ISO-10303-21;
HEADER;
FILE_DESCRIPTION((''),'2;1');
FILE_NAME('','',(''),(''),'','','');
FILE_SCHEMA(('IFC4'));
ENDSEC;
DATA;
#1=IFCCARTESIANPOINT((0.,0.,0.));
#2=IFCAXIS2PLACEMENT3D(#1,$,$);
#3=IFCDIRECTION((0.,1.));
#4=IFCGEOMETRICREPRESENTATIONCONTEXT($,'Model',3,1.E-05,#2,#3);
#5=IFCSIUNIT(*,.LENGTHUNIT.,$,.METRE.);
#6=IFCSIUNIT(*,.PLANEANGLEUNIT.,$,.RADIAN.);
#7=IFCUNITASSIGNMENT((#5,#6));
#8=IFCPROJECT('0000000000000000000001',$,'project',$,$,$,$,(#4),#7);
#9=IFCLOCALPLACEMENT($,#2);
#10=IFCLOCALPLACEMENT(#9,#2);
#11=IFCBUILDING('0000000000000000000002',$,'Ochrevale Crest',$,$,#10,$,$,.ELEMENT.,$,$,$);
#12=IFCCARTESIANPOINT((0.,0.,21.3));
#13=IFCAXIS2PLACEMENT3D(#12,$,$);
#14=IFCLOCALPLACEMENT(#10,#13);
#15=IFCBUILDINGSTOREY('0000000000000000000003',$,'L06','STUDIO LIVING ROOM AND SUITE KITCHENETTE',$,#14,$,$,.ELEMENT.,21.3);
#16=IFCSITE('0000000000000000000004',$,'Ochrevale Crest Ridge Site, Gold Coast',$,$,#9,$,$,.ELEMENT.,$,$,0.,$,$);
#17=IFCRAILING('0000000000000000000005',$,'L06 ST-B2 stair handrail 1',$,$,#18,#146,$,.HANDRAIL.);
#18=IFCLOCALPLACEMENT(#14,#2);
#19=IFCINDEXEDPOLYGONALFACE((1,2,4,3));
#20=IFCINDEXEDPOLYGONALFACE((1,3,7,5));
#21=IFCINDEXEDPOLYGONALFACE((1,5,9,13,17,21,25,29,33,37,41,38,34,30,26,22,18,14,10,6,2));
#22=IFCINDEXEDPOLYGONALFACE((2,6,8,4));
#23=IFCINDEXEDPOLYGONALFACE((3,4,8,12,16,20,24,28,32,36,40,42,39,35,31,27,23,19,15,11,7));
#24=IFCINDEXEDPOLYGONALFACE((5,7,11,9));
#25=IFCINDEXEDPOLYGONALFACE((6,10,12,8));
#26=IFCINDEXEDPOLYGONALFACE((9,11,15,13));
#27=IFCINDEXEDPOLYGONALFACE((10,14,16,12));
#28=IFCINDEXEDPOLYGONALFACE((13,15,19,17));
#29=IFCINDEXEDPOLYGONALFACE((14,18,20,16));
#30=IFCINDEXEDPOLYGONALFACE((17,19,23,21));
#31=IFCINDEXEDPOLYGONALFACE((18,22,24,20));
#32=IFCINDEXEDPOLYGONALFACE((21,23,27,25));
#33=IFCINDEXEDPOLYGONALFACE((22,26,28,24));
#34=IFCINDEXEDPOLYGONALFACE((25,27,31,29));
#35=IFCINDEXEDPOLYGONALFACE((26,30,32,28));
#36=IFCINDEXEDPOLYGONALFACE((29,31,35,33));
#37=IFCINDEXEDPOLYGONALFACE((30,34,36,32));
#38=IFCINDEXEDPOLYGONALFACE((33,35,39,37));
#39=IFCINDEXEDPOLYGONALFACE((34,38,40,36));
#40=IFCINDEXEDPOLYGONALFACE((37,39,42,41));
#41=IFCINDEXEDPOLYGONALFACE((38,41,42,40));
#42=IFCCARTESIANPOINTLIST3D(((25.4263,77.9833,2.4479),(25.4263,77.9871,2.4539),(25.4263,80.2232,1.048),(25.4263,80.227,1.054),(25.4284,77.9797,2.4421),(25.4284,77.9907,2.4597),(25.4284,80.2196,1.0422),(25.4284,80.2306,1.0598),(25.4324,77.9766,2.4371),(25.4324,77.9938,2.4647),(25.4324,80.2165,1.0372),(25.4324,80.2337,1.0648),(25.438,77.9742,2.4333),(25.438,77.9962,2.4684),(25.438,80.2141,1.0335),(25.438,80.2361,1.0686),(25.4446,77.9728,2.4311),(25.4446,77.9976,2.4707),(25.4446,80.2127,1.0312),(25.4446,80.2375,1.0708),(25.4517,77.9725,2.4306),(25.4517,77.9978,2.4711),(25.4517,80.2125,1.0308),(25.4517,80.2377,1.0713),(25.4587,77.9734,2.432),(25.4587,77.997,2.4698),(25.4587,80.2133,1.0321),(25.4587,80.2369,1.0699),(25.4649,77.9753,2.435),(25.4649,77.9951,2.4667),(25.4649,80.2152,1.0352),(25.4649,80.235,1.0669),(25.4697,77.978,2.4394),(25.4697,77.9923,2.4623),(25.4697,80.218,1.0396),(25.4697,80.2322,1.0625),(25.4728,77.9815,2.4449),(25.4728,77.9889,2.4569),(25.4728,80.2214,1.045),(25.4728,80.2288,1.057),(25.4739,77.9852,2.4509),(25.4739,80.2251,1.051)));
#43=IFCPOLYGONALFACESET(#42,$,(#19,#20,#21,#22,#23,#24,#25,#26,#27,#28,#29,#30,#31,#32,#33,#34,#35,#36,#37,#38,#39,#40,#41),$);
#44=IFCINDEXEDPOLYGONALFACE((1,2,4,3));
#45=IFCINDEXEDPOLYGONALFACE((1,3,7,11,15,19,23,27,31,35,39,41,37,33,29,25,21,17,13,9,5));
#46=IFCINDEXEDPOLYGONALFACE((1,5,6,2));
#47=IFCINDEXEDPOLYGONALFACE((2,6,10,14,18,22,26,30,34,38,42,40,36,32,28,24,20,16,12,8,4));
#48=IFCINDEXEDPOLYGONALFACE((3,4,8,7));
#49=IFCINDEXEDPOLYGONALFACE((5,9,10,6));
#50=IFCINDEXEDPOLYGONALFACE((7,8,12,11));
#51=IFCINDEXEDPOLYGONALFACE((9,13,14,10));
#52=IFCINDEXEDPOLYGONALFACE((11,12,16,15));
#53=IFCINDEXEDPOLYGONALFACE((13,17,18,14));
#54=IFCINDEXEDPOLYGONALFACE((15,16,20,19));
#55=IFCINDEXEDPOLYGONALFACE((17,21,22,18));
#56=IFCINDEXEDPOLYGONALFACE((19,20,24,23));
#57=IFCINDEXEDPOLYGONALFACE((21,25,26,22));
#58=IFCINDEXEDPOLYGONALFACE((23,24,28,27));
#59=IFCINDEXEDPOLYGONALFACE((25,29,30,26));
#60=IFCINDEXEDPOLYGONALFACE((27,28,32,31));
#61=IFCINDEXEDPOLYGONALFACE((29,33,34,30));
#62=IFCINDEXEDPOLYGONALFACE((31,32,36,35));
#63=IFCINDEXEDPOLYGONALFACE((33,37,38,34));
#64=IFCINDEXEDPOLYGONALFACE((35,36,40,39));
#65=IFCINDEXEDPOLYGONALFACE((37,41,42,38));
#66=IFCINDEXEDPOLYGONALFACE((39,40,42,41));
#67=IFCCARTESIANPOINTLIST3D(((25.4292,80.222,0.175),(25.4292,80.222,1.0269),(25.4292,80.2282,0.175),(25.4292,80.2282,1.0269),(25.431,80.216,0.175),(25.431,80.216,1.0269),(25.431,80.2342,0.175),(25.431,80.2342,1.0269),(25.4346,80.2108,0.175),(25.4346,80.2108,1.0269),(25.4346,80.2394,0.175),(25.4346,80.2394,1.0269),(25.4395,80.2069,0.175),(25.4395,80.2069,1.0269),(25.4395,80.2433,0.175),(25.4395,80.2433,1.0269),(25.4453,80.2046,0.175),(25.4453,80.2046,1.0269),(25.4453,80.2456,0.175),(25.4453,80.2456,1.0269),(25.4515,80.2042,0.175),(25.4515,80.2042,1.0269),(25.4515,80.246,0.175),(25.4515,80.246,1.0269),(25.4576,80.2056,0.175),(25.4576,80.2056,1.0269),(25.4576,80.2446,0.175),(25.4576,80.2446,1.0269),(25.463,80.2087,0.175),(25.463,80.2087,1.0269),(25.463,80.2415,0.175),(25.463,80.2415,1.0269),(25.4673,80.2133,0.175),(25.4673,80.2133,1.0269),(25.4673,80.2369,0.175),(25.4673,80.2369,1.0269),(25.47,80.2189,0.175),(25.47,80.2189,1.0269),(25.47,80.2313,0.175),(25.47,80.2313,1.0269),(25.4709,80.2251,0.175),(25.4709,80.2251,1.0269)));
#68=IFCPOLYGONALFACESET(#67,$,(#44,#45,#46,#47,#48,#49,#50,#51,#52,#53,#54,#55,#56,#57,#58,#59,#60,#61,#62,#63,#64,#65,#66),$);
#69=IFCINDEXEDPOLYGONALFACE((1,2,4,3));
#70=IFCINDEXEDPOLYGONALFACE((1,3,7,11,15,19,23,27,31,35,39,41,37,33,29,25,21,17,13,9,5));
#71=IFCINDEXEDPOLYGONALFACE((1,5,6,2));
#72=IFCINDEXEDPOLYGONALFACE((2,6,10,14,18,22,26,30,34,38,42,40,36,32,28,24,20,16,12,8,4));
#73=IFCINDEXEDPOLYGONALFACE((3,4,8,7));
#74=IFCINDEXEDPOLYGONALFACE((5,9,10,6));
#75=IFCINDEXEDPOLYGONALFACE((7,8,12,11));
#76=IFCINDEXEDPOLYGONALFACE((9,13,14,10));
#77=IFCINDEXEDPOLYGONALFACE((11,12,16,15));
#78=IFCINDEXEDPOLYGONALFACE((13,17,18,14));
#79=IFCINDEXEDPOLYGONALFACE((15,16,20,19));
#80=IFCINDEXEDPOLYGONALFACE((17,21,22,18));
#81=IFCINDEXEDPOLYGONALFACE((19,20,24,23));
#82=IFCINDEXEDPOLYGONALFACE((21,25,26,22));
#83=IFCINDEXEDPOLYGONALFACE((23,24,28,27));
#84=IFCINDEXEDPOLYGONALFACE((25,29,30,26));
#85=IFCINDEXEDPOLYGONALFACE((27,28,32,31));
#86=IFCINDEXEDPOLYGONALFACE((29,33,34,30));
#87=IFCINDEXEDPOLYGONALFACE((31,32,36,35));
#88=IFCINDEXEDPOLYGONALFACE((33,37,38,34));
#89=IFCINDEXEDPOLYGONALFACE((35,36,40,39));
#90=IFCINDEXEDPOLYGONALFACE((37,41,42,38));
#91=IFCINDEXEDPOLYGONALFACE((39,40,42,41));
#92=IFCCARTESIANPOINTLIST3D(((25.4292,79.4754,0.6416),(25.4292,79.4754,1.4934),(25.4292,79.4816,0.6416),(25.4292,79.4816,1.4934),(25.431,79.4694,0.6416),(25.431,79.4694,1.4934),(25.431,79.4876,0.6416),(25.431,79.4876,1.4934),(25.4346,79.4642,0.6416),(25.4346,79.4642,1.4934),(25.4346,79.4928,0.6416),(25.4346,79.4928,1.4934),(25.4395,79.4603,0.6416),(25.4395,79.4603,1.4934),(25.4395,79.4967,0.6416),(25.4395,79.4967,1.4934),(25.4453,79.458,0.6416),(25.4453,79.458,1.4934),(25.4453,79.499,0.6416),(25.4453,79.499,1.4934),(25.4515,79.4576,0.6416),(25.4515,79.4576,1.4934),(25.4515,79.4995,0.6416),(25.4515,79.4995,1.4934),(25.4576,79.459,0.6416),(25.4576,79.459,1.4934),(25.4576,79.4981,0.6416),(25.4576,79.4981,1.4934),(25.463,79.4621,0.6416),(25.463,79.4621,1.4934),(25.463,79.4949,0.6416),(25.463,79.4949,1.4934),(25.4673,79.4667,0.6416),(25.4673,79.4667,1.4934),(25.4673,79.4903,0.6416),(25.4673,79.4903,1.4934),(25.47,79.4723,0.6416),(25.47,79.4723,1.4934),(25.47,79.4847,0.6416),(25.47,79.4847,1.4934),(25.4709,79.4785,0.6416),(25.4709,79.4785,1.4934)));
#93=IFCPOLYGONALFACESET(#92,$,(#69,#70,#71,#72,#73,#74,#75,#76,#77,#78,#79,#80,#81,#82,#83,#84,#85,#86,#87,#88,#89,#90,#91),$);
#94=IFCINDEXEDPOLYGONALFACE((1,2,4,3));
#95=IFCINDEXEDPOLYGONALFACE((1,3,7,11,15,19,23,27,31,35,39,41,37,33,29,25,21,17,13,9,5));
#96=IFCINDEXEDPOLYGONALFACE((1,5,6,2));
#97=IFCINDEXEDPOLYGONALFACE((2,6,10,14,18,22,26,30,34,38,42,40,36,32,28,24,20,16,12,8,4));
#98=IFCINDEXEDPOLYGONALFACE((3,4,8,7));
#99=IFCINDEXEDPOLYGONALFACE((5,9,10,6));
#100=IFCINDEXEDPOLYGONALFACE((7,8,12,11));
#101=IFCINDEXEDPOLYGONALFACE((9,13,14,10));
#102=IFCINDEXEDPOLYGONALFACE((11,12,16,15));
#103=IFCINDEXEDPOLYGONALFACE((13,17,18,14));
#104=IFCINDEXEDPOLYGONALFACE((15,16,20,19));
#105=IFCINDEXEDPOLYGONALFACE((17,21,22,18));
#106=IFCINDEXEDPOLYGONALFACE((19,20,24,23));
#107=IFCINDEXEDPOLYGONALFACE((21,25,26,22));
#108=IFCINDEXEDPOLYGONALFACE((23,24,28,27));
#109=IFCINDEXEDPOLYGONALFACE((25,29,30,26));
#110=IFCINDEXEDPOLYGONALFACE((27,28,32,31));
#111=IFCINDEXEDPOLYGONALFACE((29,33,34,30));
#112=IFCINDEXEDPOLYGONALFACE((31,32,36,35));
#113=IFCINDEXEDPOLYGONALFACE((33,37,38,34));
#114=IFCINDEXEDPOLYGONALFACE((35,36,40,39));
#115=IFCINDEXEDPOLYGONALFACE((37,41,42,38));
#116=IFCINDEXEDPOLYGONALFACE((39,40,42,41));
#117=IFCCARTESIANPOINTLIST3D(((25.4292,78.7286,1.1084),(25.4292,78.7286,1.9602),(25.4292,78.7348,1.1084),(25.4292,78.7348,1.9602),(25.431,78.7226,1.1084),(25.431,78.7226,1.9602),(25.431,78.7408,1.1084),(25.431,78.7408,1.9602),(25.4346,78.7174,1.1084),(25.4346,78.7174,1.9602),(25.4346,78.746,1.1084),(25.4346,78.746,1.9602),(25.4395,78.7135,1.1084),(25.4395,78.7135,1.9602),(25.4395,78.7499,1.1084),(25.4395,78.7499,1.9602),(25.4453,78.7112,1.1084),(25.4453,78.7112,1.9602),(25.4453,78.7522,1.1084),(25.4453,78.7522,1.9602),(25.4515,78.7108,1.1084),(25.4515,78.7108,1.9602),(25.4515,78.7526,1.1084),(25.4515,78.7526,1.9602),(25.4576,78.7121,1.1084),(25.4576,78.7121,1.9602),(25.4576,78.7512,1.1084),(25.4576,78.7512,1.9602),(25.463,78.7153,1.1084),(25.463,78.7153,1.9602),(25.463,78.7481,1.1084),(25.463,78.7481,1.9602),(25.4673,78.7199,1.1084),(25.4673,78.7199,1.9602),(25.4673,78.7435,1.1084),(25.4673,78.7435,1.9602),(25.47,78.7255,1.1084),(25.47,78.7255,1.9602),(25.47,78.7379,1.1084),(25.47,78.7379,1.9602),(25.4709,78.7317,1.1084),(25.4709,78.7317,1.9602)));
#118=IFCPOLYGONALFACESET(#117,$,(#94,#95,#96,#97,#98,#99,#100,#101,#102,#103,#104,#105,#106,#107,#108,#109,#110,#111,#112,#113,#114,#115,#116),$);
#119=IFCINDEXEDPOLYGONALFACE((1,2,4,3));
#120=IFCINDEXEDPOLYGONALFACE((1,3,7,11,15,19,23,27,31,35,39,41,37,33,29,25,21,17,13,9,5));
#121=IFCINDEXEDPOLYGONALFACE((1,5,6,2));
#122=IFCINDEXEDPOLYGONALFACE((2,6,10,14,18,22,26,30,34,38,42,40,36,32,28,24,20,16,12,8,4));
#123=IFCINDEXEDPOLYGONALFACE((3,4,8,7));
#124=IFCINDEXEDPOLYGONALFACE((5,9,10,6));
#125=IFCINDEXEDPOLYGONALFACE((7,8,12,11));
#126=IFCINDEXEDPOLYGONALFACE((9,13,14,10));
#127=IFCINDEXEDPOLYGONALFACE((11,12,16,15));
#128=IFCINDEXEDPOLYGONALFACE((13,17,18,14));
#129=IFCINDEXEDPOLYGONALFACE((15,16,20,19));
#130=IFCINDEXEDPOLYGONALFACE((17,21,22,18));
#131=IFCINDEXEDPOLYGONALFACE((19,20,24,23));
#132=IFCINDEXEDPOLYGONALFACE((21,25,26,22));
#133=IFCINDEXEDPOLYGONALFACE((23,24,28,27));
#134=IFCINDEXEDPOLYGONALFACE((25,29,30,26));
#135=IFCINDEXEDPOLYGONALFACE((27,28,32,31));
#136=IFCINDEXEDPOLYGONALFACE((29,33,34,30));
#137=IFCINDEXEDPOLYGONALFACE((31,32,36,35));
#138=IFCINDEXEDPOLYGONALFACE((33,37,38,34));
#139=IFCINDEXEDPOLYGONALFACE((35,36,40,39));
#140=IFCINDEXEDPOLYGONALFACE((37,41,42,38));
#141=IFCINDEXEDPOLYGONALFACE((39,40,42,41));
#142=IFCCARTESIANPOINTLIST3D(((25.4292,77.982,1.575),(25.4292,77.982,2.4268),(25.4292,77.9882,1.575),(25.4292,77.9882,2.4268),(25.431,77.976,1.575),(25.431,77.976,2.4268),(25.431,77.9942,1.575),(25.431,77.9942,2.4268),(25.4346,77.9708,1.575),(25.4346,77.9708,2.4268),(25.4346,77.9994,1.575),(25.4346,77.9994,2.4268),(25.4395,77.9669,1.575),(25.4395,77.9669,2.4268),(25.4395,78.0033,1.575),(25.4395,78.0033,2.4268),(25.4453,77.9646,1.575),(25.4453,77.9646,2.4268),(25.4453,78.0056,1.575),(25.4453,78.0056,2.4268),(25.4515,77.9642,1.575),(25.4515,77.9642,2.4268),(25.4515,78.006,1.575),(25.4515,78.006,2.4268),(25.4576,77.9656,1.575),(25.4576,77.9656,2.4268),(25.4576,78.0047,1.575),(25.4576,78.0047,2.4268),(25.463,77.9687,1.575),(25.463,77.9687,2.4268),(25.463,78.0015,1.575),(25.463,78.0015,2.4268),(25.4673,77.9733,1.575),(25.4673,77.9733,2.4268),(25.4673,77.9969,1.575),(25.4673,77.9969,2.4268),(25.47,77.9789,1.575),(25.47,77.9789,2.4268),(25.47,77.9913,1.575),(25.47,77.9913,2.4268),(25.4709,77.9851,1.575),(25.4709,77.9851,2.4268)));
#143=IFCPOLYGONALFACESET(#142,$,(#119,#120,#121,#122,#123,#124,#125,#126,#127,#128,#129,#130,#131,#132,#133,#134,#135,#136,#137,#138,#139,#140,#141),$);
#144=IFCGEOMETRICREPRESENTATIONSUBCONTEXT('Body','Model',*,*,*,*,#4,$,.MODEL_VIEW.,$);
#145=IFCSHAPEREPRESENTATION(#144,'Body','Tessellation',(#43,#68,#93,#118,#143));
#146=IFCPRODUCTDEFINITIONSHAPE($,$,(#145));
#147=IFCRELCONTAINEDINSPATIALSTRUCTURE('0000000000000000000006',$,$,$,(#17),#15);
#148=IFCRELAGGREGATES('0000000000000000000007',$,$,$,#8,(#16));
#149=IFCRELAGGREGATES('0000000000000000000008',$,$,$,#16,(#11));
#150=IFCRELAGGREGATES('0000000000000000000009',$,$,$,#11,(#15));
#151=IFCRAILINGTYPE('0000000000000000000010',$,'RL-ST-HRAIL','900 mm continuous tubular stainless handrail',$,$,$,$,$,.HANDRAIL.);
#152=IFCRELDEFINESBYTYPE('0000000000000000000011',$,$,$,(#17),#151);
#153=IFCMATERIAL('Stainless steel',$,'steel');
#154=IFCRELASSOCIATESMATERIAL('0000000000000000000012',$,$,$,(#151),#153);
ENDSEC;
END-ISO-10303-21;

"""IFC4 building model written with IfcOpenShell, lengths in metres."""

from ifc_helpers import new_model, si_unit, direction, frame, origin, origin_2d, place, context, subcontext, project, spatial, circle, extrude, material, type_object, element, save


model = new_model("IFC4")

# Units and contexts
model_context = context("Model", 3, precision=1e-05, world=origin(), true_north=direction((0.0, 1.0)))
body_context = subcontext(model_context, "Body", "Model", "MODEL_VIEW")
ifc_project = project(units=[si_unit("LENGTHUNIT", "METRE"), si_unit("PLANEANGLEUNIT", "RADIAN")], contexts=[model_context])

# Site, building, storey
site_placement = place(None, origin())
site = spatial("IfcSite", under=ifc_project, at=site_placement, Name="Ochrevale Crest Ridge Site, Gold Coast", CompositionType="ELEMENT", RefElevation=0.0)
building_placement = place(site_placement, origin())
building = spatial("IfcBuilding", under=site, at=building_placement, Name="Ochrevale Crest", CompositionType="ELEMENT")
storey_placement = place(building_placement, frame((0.0, 0.0, 21.3)))
storey = spatial("IfcBuildingStorey", under=building, at=storey_placement, Name="L06", Description="STUDIO LIVING ROOM AND SUITE KITCHENETTE", CompositionType="ELEMENT", Elevation=21.3)

# Railing
ifc_material_1 = material(Name="Stainless steel", Category="steel")
railing_type_1 = type_object("IfcRailingType", Name="RL-ST-HRAIL", Description="900 mm continuous tubular stainless handrail", PredefinedType="HANDRAIL", material=ifc_material_1)
railing_1_placement = place(storey_placement, frame((25.45, 80.2251, 0.175)))
element("IfcRailing", 1, at=railing_1_placement, inside=storey, type_object=railing_type_1, Name="L06 ST-B2 stair handrail 1", PredefinedType="HANDRAIL", context=body_context, shape_type="SweptSolid", body=[
    extrude(circle(Radius=0.0239, at=origin_2d()), frame((0.0, 0.0, 0.876), z_axis=(0.0, -0.848014, 0.529974), x_axis=(1.0, 0.0, 0.0)), (0.0, 0.0, 1.0), 2.6414),
    extrude(circle(Radius=0.021, at=origin_2d()), origin(), (0.0, 0.0, 1.0), 0.8518),
    extrude(circle(Radius=0.021, at=origin_2d()), frame((0.0, -0.7466, 0.4666)), (0.0, 0.0, 1.0), 0.8518),
    extrude(circle(Radius=0.021, at=origin_2d()), frame((0.0, -1.4934, 0.9333)), (0.0, 0.0, 1.0), 0.8518),
    extrude(circle(Radius=0.021, at=origin_2d()), frame((0.0, -2.24, 1.3999)), (0.0, 0.0, 1.0), 0.8518),
])

save(model, "model.ifc")
